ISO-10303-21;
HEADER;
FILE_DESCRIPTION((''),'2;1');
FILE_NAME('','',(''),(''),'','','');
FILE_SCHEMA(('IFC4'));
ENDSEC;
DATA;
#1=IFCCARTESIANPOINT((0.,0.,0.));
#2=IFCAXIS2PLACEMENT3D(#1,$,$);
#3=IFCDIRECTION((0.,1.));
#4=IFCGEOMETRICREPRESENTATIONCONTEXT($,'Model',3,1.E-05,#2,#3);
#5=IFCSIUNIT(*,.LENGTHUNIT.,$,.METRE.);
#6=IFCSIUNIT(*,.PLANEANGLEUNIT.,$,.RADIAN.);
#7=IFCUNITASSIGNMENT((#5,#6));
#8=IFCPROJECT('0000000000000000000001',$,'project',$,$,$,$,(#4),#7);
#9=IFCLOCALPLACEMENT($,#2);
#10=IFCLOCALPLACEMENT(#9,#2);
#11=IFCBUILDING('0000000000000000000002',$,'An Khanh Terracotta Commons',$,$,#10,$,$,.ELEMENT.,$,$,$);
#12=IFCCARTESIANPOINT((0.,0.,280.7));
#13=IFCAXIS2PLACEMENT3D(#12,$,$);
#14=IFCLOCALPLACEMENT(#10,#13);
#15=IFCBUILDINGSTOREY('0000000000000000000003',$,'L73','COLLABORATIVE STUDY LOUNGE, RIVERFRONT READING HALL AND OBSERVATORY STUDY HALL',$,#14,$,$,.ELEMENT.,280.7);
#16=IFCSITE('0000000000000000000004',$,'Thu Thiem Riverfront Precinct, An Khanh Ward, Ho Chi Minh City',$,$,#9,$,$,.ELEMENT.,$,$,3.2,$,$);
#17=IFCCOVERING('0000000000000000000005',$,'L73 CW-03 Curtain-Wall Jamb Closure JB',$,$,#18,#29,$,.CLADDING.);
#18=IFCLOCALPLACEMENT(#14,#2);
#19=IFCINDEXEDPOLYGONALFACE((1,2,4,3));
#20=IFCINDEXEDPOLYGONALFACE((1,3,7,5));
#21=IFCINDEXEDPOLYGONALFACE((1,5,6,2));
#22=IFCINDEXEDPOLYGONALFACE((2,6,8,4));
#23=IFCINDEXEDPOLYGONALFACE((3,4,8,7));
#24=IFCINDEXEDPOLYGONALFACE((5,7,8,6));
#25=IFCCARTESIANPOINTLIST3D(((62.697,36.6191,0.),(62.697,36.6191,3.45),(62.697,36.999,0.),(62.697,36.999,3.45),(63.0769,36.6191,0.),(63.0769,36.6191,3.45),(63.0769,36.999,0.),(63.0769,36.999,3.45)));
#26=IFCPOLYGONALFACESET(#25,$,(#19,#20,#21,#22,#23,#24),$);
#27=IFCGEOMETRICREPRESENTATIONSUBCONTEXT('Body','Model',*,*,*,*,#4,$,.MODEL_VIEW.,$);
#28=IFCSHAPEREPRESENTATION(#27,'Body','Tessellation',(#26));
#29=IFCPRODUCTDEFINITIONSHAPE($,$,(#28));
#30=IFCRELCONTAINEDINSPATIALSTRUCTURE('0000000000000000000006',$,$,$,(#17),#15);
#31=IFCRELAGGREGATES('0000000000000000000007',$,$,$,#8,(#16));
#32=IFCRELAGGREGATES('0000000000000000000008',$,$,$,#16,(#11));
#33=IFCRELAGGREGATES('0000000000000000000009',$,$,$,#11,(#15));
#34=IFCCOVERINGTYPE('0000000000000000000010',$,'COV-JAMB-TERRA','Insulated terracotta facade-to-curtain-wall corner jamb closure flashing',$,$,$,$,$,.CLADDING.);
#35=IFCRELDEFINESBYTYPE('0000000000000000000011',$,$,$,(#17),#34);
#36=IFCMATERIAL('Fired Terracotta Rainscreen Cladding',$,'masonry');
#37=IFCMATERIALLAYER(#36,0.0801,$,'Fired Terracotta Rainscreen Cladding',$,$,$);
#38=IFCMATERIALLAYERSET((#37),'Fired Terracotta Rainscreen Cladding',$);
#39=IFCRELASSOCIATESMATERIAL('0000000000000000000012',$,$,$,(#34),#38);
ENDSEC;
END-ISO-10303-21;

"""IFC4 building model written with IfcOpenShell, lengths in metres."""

from ifc_helpers import new_model, si_unit, direction, frame, origin, origin_2d, place, context, subcontext, project, spatial, rectangle, extrude, material, layer, layer_set, type_object, element, save


model = new_model("IFC4")

# Units and contexts
model_context = context("Model", 3, precision=1e-05, world=origin(), true_north=direction((0.0, 1.0)))
body_context = subcontext(model_context, "Body", "Model", "MODEL_VIEW")
ifc_project = project(units=[si_unit("LENGTHUNIT", "METRE"), si_unit("PLANEANGLEUNIT", "RADIAN")], contexts=[model_context])

# Site, building, storey
site_placement = place(None, origin())
site = spatial("IfcSite", under=ifc_project, at=site_placement, Name="Thu Thiem Riverfront Precinct, An Khanh Ward, Ho Chi Minh City", CompositionType="ELEMENT", RefElevation=3.2)
building_placement = place(site_placement, origin())
building = spatial("IfcBuilding", under=site, at=building_placement, Name="An Khanh Terracotta Commons", CompositionType="ELEMENT")
storey_placement = place(building_placement, frame((0.0, 0.0, 280.7)))
storey = spatial("IfcBuildingStorey", under=building, at=storey_placement, Name="L73", Description="COLLABORATIVE STUDY LOUNGE, RIVERFRONT READING HALL AND OBSERVATORY STUDY HALL", CompositionType="ELEMENT", Elevation=280.7)

# Covering
ifc_material_1 = material(Name="Fired Terracotta Rainscreen Cladding", Category="masonry")
ifc_layer_1 = layer(ifc_material_1, 0.0801, Name="Fired Terracotta Rainscreen Cladding")
ifc_layer_set_1 = layer_set([ifc_layer_1], Name="Fired Terracotta Rainscreen Cladding")
covering_type = type_object("IfcCoveringType", Name="COV-JAMB-TERRA", Description="Insulated terracotta facade-to-curtain-wall corner jamb closure flashing", PredefinedType="CLADDING", material=ifc_layer_set_1)
covering_placement = place(storey_placement, frame((62.887, 36.8091, 0.0), z_axis=(0.0, 0.0, 1.0), x_axis=(1.0, 0.0, 0.0)))
element("IfcCovering", 1, at=covering_placement, inside=storey, type_object=covering_type, Name="L73 CW-03 Curtain-Wall Jamb Closure JB", PredefinedType="CLADDING", context=body_context, shape_type="SweptSolid", body=[
    extrude(rectangle(XDim=0.3799, YDim=0.3799, at=origin_2d()), origin(), (0.0, 0.0, 1.0), 3.45),
])

save(model, "model.ifc")
